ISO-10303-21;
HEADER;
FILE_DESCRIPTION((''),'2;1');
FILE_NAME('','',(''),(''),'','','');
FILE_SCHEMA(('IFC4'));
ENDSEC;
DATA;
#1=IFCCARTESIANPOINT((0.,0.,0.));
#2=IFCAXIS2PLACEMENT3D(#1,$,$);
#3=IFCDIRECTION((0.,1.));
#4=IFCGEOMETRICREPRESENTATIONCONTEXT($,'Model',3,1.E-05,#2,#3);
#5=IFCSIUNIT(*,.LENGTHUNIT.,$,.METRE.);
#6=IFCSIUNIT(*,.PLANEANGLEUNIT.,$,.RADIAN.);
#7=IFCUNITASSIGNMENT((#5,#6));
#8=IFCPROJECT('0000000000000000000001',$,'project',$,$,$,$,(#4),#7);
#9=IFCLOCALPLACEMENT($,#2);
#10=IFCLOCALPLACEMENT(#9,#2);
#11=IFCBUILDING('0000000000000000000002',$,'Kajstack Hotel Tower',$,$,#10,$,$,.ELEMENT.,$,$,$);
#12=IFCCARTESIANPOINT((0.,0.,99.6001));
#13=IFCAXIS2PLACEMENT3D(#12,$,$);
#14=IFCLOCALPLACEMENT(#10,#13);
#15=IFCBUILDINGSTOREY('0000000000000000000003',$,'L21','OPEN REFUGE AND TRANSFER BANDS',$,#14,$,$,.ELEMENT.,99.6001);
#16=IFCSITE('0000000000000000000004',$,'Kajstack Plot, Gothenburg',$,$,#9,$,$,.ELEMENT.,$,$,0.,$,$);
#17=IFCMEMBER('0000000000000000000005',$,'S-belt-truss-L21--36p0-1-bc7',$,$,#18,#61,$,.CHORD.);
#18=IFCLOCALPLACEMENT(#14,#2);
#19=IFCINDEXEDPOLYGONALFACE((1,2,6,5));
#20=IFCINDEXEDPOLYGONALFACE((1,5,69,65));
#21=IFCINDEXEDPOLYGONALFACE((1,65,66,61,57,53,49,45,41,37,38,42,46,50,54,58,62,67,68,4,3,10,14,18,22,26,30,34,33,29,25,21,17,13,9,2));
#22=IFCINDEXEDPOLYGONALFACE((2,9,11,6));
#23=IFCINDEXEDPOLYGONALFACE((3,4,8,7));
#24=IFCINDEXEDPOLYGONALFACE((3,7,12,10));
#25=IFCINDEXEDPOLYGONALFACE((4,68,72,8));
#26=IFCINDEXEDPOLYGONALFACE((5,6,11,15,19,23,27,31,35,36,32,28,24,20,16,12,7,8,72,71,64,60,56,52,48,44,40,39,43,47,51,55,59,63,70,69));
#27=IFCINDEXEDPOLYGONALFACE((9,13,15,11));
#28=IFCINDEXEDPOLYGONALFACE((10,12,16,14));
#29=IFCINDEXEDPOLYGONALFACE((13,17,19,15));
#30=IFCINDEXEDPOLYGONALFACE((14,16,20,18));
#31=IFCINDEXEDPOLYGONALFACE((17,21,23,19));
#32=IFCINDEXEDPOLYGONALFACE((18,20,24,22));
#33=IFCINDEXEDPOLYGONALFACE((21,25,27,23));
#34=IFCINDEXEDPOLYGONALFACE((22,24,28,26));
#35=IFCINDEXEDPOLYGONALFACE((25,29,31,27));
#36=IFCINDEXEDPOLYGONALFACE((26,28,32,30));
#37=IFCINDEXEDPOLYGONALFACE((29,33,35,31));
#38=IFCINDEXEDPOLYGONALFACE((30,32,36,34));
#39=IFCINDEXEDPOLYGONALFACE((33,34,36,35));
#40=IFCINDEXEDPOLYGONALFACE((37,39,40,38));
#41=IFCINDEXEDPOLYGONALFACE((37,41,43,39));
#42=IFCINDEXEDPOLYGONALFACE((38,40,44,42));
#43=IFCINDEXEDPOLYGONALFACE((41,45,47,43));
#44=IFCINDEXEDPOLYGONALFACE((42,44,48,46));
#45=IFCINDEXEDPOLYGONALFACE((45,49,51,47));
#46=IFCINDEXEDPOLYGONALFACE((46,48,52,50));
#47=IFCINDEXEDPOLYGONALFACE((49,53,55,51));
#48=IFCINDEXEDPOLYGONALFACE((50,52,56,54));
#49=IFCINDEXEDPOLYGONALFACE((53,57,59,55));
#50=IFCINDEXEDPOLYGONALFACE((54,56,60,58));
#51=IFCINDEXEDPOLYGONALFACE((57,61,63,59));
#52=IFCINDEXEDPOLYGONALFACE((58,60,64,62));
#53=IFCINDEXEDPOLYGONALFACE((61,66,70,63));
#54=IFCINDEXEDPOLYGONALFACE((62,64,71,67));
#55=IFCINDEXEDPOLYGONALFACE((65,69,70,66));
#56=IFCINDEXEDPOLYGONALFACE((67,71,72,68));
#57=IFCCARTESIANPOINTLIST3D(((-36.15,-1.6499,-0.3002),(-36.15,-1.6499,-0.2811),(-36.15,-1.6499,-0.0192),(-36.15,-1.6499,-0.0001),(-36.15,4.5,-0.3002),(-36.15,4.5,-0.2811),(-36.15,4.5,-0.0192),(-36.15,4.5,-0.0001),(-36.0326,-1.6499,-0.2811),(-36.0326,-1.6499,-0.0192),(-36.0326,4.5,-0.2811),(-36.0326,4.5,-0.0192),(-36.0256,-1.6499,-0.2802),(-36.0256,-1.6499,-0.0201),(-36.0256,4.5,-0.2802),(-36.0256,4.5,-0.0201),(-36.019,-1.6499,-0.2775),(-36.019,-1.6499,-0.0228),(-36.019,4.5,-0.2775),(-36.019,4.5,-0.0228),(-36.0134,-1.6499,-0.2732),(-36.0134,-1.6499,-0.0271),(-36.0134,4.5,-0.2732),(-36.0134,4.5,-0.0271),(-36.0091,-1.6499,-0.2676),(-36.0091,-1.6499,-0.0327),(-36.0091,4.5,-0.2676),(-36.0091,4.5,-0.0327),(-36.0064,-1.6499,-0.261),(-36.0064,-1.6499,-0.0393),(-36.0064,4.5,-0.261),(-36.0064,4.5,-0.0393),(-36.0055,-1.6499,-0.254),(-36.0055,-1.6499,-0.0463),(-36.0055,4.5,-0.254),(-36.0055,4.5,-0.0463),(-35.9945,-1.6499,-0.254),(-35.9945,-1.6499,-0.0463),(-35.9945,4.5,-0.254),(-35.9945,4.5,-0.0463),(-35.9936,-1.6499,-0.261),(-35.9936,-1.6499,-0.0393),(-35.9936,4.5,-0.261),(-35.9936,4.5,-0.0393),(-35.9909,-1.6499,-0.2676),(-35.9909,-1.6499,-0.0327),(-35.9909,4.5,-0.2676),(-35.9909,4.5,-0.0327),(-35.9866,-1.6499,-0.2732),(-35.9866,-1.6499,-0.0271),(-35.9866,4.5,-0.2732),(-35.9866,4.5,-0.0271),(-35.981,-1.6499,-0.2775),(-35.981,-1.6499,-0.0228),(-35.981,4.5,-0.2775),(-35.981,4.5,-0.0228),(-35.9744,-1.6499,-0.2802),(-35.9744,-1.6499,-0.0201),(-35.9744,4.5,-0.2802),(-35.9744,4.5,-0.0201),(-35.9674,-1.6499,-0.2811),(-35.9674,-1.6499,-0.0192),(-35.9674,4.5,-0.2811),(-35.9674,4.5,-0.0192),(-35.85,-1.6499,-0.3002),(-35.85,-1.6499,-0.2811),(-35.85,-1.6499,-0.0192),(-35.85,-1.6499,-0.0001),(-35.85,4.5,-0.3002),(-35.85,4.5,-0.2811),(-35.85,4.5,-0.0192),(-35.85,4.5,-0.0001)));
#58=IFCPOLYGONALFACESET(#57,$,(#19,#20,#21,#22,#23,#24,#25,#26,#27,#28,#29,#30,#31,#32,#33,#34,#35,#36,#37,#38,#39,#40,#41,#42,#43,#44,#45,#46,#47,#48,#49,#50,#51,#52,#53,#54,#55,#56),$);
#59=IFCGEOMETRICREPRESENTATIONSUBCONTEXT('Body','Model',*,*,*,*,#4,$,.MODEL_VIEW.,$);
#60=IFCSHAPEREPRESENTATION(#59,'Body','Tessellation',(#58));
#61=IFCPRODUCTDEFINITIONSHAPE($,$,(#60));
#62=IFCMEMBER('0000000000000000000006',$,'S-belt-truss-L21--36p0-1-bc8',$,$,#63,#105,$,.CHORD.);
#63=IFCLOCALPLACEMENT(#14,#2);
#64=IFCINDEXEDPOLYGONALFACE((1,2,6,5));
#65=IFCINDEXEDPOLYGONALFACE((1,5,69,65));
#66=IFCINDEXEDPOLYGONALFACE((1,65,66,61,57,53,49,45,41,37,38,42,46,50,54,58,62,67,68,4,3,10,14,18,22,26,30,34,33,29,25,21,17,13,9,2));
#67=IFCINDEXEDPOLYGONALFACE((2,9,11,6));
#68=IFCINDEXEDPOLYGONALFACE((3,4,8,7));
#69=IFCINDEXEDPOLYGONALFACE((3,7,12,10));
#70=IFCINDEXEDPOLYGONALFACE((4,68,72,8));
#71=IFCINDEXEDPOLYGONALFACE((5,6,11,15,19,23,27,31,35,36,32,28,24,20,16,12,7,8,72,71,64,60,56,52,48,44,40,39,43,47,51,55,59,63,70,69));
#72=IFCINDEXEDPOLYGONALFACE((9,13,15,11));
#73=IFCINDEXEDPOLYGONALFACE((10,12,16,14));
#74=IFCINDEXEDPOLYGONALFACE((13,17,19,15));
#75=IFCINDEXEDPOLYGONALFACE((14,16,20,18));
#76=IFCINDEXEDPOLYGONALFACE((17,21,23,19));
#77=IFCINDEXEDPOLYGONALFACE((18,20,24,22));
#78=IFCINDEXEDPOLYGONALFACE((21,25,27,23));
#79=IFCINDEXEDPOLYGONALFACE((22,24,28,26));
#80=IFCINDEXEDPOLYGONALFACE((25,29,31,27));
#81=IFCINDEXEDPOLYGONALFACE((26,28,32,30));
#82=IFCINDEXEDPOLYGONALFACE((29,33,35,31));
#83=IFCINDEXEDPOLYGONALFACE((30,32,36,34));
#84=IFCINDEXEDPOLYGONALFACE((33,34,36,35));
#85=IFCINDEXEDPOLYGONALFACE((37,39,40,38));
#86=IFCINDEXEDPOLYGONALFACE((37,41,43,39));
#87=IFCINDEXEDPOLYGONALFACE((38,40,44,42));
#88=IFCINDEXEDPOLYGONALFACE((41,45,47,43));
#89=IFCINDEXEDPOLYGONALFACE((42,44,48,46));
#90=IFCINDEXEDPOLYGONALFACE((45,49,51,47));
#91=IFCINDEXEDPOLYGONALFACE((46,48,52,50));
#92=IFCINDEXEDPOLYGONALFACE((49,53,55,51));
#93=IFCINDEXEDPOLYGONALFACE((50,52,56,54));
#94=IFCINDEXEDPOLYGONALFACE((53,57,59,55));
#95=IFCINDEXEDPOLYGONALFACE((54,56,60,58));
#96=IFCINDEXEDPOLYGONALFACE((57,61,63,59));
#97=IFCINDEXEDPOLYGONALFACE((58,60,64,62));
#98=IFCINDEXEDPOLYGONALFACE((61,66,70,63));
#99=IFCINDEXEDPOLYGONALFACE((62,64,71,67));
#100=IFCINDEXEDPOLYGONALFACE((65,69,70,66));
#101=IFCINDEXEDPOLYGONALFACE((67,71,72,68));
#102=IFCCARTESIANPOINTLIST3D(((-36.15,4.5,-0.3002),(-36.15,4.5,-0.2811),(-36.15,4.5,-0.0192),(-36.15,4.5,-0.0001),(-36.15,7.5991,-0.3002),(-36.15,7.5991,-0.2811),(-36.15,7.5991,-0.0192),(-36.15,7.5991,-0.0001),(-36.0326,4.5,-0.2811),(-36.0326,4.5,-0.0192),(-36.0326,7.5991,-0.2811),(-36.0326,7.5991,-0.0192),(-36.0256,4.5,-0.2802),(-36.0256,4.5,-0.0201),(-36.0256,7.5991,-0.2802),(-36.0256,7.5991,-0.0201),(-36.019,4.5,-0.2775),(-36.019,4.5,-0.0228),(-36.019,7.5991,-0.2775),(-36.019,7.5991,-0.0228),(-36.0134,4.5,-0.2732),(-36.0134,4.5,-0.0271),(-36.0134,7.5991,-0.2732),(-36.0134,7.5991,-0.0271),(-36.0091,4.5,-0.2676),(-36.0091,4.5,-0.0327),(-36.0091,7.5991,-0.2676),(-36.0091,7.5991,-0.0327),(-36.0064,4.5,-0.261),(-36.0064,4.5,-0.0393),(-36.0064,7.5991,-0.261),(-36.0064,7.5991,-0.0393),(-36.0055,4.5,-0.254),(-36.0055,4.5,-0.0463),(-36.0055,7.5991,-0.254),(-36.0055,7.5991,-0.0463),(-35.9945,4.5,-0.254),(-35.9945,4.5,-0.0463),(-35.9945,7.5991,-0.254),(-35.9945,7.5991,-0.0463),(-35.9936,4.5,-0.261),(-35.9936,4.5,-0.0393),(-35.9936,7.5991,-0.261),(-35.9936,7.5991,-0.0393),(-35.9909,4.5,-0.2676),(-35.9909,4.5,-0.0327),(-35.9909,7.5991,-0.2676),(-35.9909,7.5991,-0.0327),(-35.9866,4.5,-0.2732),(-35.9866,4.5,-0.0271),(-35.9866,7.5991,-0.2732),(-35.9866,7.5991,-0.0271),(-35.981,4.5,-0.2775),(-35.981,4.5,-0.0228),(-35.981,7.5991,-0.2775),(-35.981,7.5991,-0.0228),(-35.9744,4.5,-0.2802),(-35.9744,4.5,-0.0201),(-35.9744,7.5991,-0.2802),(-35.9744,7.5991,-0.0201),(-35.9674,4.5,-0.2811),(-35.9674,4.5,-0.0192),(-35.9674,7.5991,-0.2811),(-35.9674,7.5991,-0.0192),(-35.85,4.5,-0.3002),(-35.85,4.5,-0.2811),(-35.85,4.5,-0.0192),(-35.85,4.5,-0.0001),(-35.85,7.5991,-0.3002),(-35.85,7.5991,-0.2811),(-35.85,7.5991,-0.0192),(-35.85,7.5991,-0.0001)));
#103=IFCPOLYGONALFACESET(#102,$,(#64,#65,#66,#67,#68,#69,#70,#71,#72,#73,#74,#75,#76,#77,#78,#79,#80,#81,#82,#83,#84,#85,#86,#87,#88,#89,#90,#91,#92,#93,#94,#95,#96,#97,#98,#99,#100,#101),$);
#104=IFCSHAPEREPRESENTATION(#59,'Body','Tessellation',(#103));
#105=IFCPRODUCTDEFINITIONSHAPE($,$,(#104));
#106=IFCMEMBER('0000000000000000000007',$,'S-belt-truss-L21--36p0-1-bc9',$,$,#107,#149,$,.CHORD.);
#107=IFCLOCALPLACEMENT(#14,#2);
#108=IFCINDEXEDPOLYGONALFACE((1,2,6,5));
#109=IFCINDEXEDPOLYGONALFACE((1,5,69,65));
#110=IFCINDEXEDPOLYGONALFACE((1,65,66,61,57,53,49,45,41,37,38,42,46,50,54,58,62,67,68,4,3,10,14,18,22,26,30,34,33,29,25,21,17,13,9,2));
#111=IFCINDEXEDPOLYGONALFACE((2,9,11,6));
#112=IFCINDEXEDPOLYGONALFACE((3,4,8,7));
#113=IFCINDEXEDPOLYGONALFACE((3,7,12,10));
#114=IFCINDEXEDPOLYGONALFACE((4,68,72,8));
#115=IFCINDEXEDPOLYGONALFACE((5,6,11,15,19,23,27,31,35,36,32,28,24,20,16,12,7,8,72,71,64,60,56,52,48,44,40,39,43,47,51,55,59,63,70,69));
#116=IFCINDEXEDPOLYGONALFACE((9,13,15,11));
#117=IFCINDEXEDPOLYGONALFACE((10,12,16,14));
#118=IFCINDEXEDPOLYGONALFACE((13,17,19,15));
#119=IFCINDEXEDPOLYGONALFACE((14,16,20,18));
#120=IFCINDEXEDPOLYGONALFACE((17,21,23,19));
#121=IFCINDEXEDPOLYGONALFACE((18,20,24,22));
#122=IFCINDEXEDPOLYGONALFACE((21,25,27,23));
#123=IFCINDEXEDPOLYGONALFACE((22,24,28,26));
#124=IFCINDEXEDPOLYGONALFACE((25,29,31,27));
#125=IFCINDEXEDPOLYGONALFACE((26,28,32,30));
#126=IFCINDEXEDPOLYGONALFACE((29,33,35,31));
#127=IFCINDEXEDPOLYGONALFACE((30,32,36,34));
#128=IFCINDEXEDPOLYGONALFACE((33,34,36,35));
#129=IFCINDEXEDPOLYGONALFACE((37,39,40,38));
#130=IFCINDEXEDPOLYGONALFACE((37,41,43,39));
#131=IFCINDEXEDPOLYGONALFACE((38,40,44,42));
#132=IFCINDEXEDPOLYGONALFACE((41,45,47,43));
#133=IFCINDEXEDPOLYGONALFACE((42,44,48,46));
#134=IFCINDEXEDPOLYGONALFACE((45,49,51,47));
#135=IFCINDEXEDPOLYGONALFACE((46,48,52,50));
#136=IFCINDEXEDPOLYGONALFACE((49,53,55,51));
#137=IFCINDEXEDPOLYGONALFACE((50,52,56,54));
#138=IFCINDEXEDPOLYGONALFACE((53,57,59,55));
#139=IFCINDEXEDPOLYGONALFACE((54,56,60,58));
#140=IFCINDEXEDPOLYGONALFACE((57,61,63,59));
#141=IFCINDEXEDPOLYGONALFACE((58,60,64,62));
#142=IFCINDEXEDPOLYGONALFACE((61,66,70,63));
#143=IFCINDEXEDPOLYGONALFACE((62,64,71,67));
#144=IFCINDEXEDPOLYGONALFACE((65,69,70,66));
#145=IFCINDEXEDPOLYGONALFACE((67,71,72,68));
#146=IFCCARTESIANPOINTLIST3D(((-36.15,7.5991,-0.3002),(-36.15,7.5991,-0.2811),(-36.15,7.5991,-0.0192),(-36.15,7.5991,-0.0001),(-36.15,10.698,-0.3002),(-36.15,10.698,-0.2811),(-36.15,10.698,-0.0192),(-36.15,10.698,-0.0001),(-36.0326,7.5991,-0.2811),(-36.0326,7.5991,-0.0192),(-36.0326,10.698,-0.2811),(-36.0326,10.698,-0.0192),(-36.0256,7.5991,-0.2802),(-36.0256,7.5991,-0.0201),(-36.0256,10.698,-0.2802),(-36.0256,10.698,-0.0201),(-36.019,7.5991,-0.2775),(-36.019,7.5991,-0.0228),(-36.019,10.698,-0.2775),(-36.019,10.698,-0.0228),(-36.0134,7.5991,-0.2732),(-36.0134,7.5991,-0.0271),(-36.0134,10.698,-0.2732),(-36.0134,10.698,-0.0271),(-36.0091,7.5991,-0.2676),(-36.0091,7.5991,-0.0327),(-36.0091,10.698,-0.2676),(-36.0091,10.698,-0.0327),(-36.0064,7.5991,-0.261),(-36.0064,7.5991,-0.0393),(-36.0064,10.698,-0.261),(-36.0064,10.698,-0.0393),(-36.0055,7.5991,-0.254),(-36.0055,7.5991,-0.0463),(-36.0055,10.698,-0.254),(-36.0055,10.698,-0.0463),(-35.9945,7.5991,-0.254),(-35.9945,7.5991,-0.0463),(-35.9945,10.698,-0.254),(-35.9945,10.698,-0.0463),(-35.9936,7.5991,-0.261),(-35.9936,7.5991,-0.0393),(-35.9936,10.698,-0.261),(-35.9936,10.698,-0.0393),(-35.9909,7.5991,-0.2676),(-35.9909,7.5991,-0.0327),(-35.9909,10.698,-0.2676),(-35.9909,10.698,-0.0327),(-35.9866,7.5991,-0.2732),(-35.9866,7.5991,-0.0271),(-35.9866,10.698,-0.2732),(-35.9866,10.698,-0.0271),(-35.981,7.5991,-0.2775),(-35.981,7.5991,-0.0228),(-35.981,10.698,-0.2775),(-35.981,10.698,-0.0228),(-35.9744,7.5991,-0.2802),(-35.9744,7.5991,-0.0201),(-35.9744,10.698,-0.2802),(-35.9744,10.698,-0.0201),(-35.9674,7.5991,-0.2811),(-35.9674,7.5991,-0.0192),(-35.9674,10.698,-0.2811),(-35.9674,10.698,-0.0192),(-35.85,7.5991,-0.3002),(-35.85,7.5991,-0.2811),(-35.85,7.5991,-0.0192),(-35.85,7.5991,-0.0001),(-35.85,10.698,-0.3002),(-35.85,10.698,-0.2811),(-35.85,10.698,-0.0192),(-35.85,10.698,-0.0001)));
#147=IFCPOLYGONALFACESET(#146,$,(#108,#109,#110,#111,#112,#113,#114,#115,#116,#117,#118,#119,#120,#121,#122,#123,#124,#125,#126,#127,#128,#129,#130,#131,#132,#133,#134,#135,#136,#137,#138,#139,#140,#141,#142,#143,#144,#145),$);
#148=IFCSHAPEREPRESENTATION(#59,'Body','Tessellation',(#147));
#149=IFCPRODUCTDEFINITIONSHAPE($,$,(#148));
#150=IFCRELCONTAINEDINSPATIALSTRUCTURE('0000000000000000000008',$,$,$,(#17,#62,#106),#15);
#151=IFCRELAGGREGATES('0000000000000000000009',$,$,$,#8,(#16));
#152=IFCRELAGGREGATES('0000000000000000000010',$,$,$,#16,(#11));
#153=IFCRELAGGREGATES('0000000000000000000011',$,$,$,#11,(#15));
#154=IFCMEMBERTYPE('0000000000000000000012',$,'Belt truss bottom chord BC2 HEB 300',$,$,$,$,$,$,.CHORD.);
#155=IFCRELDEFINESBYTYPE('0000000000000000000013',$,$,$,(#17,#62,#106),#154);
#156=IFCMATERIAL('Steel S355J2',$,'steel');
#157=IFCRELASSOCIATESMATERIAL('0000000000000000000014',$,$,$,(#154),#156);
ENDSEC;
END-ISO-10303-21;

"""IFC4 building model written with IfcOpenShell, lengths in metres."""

from ifc_helpers import new_model, si_unit, direction, frame, origin, origin_2d, place, context, subcontext, project, spatial, i_section, extrude, material, material_profile, profile_set, type_object, element, save


model = new_model("IFC4")

# Units and contexts
model_context = context("Model", 3, precision=1e-05, world=origin(), true_north=direction((0.0, 1.0)))
body_context = subcontext(model_context, "Body", "Model", "MODEL_VIEW")
ifc_project = project(units=[si_unit("LENGTHUNIT", "METRE"), si_unit("PLANEANGLEUNIT", "RADIAN")], contexts=[model_context])

# Site, building, storey
site_placement = place(None, origin())
site = spatial("IfcSite", under=ifc_project, at=site_placement, Name="Kajstack Plot, Gothenburg", CompositionType="ELEMENT", RefElevation=0.0)
building_placement = place(site_placement, origin())
building = spatial("IfcBuilding", under=site, at=building_placement, Name="Kajstack Hotel Tower", CompositionType="ELEMENT")
storey_placement = place(building_placement, frame((0.0, 0.0, 99.6001)))
storey = spatial("IfcBuildingStorey", under=building, at=storey_placement, Name="L21", Description="OPEN REFUGE AND TRANSFER BANDS", CompositionType="ELEMENT", Elevation=99.6001)

# Members
ifc_material_1 = material(Name="Steel S355J2", Category="steel")
ifc_material_profile_1 = material_profile(ifc_material_1, i_section(OverallWidth=0.3, OverallDepth=0.3, WebThickness=0.011, FlangeThickness=0.019, FilletRadius=0.0271, at=origin_2d()), Name="HEB 300")
ifc_profile_set_1 = profile_set([ifc_material_profile_1], Name="Steel S355J2")
member_type_1 = type_object("IfcMemberType", Name="Belt truss bottom chord BC2 HEB 300", PredefinedType="CHORD", material=ifc_profile_set_1)
member_1_placement = place(storey_placement, frame((-36.0, -1.6499, -0.1501), z_axis=(0.0, 1.0, 0.0), x_axis=(-1.0, 0.0, 0.0)))
element("IfcMember", 1, at=member_1_placement, inside=storey, type_object=member_type_1, Name="S-belt-truss-L21--36p0-1-bc7", PredefinedType="CHORD", context=body_context, shape_type="SweptSolid", body=[
    extrude(i_section(OverallWidth=0.3, OverallDepth=0.3, WebThickness=0.011, FlangeThickness=0.019, FilletRadius=0.0271, at=origin_2d()), origin(), (0.0, 0.0, 1.0), 6.1499),
])
member_2_placement = place(storey_placement, frame((-36.0, 4.5, -0.1501), z_axis=(0.0, 1.0, 0.0), x_axis=(-1.0, 0.0, 0.0)))
element("IfcMember", 2, at=member_2_placement, inside=storey, type_object=member_type_1, Name="S-belt-truss-L21--36p0-1-bc8", PredefinedType="CHORD", context=body_context, shape_type="SweptSolid", body=[
    extrude(i_section(OverallWidth=0.3, OverallDepth=0.3, WebThickness=0.011, FlangeThickness=0.019, FilletRadius=0.0271, at=origin_2d()), origin(), (0.0, 0.0, 1.0), 3.0991),
])
member_3_placement = place(storey_placement, frame((-36.0, 7.5991, -0.1501), z_axis=(0.0, 1.0, 0.0), x_axis=(-1.0, 0.0, 0.0)))
element("IfcMember", 3, at=member_3_placement, inside=storey, type_object=member_type_1, Name="S-belt-truss-L21--36p0-1-bc9", PredefinedType="CHORD", context=body_context, shape_type="SweptSolid", body=[
    extrude(i_section(OverallWidth=0.3, OverallDepth=0.3, WebThickness=0.011, FlangeThickness=0.019, FilletRadius=0.0271, at=origin_2d()), origin(), (0.0, 0.0, 1.0), 3.0989),
])

save(model, "model.ifc")
